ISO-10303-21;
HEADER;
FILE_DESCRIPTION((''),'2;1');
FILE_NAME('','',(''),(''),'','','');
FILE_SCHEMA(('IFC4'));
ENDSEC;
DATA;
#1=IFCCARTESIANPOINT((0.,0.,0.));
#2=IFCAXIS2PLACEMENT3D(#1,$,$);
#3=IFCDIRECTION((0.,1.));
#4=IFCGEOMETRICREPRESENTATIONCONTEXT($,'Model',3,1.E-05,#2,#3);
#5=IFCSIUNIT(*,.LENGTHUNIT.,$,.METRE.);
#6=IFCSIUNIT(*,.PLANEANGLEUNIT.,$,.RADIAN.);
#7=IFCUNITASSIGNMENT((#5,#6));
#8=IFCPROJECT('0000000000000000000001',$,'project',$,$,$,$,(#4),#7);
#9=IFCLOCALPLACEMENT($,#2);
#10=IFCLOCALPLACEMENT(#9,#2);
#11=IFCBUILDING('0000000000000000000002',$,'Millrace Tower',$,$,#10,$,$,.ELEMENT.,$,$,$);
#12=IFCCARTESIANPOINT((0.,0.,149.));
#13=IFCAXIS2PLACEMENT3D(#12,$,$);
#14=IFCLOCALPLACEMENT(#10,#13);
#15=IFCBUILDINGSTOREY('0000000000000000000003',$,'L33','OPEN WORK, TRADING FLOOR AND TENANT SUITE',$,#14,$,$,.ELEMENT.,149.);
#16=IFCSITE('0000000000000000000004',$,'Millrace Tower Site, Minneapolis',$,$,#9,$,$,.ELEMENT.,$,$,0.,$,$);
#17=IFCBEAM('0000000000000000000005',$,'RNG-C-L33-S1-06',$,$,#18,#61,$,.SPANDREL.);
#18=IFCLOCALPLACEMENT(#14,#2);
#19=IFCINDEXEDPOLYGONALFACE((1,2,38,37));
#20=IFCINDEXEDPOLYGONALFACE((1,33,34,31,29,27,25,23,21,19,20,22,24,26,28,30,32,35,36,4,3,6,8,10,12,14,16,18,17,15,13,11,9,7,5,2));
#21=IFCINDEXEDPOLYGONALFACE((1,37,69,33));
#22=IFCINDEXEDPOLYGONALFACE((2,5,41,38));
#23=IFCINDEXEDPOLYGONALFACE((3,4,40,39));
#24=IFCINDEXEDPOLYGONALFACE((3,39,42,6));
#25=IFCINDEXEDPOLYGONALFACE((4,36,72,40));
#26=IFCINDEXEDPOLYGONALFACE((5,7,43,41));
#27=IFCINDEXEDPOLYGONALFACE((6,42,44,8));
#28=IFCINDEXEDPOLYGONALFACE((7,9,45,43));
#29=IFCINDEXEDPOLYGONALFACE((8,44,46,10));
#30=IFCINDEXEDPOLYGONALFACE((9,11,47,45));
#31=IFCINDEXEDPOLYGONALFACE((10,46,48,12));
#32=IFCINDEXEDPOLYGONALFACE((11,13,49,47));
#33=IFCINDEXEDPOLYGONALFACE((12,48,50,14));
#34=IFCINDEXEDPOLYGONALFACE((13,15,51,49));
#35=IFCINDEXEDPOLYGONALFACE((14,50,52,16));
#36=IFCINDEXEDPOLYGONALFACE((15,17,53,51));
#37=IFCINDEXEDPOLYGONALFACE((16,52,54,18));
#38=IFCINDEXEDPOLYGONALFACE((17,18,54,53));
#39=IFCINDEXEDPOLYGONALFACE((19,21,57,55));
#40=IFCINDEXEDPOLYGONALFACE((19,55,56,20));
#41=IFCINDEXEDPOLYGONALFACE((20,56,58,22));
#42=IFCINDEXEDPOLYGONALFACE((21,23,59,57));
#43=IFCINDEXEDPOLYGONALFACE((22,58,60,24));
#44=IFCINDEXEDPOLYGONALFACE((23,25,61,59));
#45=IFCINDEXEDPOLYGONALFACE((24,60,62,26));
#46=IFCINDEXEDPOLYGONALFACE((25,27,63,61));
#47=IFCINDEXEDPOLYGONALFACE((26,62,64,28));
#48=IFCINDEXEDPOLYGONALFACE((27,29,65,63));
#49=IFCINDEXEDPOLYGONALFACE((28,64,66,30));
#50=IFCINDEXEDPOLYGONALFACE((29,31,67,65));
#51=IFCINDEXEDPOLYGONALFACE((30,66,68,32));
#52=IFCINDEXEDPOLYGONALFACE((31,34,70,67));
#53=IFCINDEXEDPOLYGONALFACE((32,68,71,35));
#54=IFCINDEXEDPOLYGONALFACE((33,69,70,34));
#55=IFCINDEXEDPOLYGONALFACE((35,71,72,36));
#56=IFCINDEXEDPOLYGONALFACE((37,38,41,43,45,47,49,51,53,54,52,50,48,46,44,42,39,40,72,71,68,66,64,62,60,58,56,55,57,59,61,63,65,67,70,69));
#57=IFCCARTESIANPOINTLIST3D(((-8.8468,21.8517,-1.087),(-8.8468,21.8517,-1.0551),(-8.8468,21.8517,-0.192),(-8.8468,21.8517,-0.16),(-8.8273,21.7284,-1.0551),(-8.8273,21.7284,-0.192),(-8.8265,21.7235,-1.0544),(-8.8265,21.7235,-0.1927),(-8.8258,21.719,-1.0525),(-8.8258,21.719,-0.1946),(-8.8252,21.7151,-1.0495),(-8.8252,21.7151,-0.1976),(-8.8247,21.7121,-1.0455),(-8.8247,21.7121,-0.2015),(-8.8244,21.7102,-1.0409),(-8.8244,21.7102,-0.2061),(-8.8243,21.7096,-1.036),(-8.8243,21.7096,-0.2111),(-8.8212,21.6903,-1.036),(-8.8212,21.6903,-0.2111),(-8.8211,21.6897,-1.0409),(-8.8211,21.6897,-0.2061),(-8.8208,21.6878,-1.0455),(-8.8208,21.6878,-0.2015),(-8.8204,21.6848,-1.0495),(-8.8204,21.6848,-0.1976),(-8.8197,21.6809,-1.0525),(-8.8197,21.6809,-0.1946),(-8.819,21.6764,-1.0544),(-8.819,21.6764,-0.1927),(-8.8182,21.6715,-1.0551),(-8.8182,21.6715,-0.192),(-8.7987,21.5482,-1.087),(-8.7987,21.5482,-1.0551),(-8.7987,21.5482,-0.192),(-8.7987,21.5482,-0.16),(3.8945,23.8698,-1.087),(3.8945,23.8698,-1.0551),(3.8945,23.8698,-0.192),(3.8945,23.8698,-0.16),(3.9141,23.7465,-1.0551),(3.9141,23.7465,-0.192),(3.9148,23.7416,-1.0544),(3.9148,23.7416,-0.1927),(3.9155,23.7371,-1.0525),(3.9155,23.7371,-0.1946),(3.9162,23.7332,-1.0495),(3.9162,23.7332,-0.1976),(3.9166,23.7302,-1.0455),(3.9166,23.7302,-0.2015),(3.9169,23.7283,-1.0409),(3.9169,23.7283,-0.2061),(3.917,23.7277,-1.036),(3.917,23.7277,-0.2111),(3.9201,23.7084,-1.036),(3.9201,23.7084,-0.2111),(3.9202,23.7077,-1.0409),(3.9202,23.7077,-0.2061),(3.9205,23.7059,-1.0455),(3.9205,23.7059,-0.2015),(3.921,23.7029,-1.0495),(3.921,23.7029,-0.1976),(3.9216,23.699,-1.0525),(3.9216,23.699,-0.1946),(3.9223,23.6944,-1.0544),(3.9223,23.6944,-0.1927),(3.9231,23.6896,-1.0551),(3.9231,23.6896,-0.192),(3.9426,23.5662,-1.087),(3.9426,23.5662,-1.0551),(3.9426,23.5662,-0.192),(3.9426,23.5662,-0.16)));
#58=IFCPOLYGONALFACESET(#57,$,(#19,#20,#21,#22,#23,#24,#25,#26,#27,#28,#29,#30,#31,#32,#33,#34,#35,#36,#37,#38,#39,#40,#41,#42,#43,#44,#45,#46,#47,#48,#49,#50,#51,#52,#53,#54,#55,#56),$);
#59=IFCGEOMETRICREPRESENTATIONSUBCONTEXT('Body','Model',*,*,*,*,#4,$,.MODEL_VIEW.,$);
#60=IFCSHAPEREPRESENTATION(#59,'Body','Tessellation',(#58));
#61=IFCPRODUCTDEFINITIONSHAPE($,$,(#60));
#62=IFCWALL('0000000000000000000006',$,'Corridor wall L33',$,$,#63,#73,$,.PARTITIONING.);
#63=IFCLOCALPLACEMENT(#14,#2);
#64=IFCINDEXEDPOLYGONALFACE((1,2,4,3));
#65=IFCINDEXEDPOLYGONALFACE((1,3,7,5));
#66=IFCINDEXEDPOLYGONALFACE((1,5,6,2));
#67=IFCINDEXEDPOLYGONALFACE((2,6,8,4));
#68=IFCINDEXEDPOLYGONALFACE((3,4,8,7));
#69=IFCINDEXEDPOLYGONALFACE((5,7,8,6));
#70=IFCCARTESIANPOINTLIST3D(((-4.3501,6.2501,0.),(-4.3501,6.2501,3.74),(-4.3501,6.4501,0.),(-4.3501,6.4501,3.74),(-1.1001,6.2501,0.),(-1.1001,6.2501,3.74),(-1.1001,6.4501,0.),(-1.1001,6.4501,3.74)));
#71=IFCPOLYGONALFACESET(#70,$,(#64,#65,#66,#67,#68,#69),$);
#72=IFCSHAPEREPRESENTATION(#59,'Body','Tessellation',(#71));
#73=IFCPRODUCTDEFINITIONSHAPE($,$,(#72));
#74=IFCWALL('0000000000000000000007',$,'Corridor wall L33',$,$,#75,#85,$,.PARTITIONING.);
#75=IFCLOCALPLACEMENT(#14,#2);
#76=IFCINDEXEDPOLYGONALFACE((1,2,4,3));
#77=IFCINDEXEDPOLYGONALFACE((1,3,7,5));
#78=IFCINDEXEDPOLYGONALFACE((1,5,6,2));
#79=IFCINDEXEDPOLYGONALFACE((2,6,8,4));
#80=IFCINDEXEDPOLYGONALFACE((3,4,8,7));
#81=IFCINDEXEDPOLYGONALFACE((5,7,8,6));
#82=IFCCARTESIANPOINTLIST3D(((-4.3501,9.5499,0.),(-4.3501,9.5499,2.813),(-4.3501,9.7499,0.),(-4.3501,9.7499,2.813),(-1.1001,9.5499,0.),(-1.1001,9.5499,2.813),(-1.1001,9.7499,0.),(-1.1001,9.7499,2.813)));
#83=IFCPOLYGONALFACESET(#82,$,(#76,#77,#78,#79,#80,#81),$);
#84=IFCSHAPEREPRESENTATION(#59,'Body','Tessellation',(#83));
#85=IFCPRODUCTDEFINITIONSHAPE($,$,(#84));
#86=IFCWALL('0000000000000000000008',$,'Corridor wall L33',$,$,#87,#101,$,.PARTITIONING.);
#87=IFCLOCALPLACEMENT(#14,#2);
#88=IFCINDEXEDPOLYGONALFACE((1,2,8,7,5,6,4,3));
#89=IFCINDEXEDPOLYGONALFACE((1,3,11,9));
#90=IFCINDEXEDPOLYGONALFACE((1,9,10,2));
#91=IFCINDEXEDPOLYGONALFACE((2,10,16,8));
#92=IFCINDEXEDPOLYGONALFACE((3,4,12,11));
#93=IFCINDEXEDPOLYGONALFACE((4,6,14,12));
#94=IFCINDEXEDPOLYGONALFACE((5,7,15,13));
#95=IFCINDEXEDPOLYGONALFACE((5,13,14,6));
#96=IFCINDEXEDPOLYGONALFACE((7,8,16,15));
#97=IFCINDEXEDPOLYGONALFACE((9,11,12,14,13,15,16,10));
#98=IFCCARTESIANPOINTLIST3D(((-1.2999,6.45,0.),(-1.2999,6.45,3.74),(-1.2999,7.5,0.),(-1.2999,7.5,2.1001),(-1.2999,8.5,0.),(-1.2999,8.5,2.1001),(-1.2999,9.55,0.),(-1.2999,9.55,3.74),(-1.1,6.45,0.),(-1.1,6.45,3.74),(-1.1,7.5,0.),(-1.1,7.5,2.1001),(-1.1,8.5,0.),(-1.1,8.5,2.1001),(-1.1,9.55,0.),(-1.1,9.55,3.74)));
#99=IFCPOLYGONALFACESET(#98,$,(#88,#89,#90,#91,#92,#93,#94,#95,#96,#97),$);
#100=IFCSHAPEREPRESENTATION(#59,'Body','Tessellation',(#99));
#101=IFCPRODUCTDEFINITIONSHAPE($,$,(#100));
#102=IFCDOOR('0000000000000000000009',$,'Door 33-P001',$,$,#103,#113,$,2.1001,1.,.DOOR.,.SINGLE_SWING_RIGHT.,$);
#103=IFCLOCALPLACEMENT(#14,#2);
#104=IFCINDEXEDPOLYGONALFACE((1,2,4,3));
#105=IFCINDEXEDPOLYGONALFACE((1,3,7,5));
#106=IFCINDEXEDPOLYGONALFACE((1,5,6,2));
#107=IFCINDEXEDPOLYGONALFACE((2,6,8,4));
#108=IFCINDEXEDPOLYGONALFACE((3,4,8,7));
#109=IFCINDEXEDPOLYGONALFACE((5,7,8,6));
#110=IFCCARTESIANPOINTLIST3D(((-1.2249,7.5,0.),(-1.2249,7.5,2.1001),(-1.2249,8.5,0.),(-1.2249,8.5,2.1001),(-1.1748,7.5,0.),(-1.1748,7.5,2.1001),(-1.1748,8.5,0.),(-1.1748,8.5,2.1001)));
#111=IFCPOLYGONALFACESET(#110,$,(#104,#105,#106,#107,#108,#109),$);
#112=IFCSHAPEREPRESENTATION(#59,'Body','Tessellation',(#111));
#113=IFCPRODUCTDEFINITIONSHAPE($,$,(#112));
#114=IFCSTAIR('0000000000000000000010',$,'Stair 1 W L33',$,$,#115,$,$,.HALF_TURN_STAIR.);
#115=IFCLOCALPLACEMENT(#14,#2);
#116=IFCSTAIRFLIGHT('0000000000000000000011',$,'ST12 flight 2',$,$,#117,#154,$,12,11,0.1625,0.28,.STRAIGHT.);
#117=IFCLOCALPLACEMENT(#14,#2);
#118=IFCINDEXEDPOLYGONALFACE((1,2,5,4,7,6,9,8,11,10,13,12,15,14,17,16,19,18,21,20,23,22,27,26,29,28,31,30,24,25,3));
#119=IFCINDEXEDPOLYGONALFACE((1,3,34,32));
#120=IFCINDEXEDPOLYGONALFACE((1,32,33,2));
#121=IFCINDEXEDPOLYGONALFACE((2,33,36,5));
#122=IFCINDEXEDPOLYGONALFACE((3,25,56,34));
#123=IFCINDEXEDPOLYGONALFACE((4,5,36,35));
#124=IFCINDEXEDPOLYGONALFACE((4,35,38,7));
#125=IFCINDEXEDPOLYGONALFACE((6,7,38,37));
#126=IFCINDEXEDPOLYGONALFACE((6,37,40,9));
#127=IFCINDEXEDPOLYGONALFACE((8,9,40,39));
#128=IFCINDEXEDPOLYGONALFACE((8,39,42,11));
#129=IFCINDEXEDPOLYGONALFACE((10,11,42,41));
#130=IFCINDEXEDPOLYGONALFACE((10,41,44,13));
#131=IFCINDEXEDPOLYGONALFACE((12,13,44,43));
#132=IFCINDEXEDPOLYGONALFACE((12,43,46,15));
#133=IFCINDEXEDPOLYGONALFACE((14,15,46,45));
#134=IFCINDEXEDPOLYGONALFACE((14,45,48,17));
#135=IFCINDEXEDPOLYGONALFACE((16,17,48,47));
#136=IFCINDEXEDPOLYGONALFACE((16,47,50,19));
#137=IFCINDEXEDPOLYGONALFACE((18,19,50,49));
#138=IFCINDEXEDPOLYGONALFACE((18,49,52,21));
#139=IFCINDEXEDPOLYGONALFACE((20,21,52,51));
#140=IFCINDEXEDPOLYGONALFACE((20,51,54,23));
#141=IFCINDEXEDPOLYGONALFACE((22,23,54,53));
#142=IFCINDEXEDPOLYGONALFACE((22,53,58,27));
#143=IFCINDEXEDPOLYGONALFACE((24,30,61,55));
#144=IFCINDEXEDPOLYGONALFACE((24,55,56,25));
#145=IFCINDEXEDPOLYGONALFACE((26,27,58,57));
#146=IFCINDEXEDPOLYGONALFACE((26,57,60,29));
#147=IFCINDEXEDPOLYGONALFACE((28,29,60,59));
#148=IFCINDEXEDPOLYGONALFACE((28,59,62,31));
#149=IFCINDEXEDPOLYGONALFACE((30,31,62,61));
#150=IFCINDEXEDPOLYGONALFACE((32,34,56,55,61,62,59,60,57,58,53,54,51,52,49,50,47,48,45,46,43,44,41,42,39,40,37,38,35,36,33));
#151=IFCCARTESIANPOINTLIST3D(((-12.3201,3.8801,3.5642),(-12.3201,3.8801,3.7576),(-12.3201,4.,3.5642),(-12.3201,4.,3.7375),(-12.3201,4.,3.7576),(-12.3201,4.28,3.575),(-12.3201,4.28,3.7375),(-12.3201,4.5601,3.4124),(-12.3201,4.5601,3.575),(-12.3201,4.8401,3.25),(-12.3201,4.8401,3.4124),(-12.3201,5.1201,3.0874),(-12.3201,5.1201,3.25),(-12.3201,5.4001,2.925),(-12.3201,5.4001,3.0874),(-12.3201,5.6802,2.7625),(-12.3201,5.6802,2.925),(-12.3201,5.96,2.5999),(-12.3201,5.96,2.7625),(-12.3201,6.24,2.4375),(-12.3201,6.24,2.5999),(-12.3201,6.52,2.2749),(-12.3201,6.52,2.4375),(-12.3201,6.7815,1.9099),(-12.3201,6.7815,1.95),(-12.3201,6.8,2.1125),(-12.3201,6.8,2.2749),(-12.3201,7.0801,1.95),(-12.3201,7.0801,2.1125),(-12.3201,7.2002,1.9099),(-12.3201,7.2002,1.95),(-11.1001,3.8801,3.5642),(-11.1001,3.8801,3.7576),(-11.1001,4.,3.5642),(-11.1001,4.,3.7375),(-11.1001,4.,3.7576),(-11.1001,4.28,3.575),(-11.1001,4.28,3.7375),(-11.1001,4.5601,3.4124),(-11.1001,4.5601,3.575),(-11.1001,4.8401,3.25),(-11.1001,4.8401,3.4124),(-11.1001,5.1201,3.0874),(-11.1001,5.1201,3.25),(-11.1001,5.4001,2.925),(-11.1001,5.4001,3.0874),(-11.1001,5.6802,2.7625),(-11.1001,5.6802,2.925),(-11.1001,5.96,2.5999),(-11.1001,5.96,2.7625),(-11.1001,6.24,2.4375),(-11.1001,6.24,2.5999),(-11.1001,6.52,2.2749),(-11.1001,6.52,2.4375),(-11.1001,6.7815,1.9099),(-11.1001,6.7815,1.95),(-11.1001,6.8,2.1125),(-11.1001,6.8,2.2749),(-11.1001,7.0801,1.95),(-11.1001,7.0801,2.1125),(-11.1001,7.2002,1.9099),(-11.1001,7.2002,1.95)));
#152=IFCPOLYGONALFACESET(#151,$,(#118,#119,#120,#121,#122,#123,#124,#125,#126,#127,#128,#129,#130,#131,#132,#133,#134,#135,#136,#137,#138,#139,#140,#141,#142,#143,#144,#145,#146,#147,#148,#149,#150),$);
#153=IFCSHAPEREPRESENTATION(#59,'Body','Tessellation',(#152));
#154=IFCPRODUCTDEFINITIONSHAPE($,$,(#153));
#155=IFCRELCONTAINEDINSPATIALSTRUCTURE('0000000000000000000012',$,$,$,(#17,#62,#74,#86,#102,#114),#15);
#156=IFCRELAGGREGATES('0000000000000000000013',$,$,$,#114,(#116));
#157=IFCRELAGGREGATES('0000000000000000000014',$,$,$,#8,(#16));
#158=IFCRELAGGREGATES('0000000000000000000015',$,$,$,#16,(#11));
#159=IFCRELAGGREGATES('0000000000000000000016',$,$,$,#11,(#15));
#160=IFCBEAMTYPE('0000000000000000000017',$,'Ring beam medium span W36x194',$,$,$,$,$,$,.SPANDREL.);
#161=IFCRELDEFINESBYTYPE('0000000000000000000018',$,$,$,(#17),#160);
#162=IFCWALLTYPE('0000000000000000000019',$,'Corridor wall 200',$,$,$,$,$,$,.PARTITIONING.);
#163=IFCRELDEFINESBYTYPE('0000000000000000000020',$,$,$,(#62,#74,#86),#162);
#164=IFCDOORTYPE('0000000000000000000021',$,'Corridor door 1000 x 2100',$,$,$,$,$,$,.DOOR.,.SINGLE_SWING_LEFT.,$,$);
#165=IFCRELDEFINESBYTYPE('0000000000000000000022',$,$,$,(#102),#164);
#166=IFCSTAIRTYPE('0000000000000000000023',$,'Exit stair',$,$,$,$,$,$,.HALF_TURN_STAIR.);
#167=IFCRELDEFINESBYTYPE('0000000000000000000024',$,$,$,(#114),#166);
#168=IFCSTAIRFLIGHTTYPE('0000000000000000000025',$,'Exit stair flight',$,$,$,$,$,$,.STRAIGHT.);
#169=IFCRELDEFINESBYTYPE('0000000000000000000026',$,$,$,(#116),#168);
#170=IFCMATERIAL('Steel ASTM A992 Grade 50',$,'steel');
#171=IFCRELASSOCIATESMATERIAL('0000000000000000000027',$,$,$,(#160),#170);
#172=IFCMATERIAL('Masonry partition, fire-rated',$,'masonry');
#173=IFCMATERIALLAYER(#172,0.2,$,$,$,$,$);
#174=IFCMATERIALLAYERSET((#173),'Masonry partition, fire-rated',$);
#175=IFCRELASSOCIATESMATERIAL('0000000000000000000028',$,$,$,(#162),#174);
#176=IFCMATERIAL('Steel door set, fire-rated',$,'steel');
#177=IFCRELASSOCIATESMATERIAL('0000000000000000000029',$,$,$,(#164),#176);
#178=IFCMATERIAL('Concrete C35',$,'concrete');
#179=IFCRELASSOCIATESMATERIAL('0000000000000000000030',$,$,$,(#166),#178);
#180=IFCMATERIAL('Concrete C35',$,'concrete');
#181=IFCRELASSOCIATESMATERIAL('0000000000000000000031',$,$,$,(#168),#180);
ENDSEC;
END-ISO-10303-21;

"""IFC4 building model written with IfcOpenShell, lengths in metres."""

from ifc_helpers import new_model, si_unit, direction, frame, frame_2d, origin, origin_2d, place, context, subcontext, project, spatial, polyline, rectangle, i_section, outline, extrude, material, layer, layer_set, material_profile, profile_set, type_object, element, fill, aggregate, save


model = new_model("IFC4")

# Units and contexts
model_context = context("Model", 3, precision=1e-05, world=origin(), true_north=direction((0.0, 1.0)))
body_context = subcontext(model_context, "Body", "Model", "MODEL_VIEW")
ifc_project = project(units=[si_unit("LENGTHUNIT", "METRE"), si_unit("PLANEANGLEUNIT", "RADIAN")], contexts=[model_context])

# Site, building, storey
site_placement = place(None, origin())
site = spatial("IfcSite", under=ifc_project, at=site_placement, Name="Millrace Tower Site, Minneapolis", CompositionType="ELEMENT", RefElevation=0.0)
building_placement = place(site_placement, origin())
building = spatial("IfcBuilding", under=site, at=building_placement, Name="Millrace Tower", CompositionType="ELEMENT")
storey_placement = place(building_placement, frame((0.0, 0.0, 149.0)))
storey = spatial("IfcBuildingStorey", under=building, at=storey_placement, Name="L33", Description="OPEN WORK, TRADING FLOOR AND TENANT SUITE", CompositionType="ELEMENT", Elevation=149.0)

# Shared definitions
placement = place(storey_placement, origin())

# Beam
ifc_material_1 = material(Name="Steel ASTM A992 Grade 50", Category="steel")
ifc_material_profile_1 = material_profile(ifc_material_1, i_section(OverallWidth=0.3074, OverallDepth=0.927, WebThickness=0.0195, FlangeThickness=0.032, FilletRadius=0.019, at=origin_2d()))
ifc_profile_set_1 = profile_set([ifc_material_profile_1], Name="Steel ASTM A992 Grade 50")
beam_type_1 = type_object("IfcBeamType", Name="Ring beam medium span W36x194", PredefinedType="SPANDREL", material=ifc_profile_set_1)
beam_1_placement = place(storey_placement, frame((-8.8228, 21.7, -0.6235), z_axis=(0.987688, 0.156439, 0.0), x_axis=(-0.156439, 0.987688, 0.0)))
element("IfcBeam", 1, at=beam_1_placement, inside=storey, type_object=beam_type_1, Name="RNG-C-L33-S1-06", PredefinedType="SPANDREL", context=body_context, shape_type="SweptSolid", body=[
    extrude(i_section(OverallWidth=0.3074, OverallDepth=0.927, WebThickness=0.0195, FlangeThickness=0.032, FilletRadius=0.019, at=origin_2d()), origin(), (0.0, 0.0, 1.0), 12.9001),
])

# Walls
ifc_material_2 = material(Name="Masonry partition, fire-rated", Category="masonry")
ifc_layer_1 = layer(ifc_material_2, 0.2)
ifc_layer_set_1 = layer_set([ifc_layer_1], Name="Masonry partition, fire-rated")
wall_type = type_object("IfcWallType", Name="Corridor wall 200", PredefinedType="PARTITIONING", material=ifc_layer_set_1)
wall_1_placement = place(storey_placement, frame((-4.3501, 6.3501, 0.0), z_axis=(0.0, 0.0, 1.0), x_axis=(1.0, 0.0, 0.0)))
element("IfcWall", 2, at=wall_1_placement, inside=storey, type_object=wall_type, Name="Corridor wall L33", PredefinedType="PARTITIONING", context=body_context, shape_type="SweptSolid", body=[
    extrude(rectangle(XDim=3.25, YDim=0.2, at=frame_2d((1.625, 0.0))), origin(), (0.0, 0.0, 1.0), 3.74),
])
wall_2_placement = place(storey_placement, frame((-4.3501, 9.6499, 0.0), z_axis=(0.0, 0.0, 1.0), x_axis=(1.0, 0.0, 0.0)))
element("IfcWall", 3, at=wall_2_placement, inside=storey, type_object=wall_type, Name="Corridor wall L33", PredefinedType="PARTITIONING", context=body_context, shape_type="SweptSolid", body=[
    extrude(rectangle(XDim=3.25, YDim=0.2, at=frame_2d((1.625, 0.0))), origin(), (0.0, 0.0, 1.0), 2.813),
])

# Wall, opening, door
wall_3_placement = place(storey_placement, frame((-1.2, 6.45, 0.0), z_axis=(0.0, 0.0, 1.0), x_axis=(0.0, 1.0, 0.0)))
wall_3 = element("IfcWall", 4, at=wall_3_placement, inside=storey, type_object=wall_type, Name="Corridor wall L33", PredefinedType="PARTITIONING", context=body_context, shape_type="SweptSolid", body=[
    extrude(rectangle(XDim=3.1001, YDim=0.2, at=frame_2d((1.55, 0.0))), origin(), (0.0, 0.0, 1.0), 3.74),
])
opening_placement = place(wall_3_placement, frame((1.05, 0.0, 0.0)))
opening = element("IfcOpeningElement", 5, at=opening_placement, cuts=wall_3, PredefinedType="OPENING", context=body_context, shape_type="SweptSolid", body=[
    extrude(rectangle(XDim=1.0, YDim=2.1001, at=frame_2d((0.5, 1.05))), frame((0.0, 0.1099, 0.0), z_axis=(0.0, -1.0, 0.0), x_axis=(1.0, 0.0, 0.0)), (0.0, 0.0, 1.0), 0.22),
])
ifc_material_3 = material(Name="Steel door set, fire-rated", Category="steel")
door_type = type_object("IfcDoorType", Name="Corridor door 1000 x 2100", OperationType="SINGLE_SWING_LEFT", PredefinedType="DOOR", material=ifc_material_3)
door_placement = place(opening_placement, origin())
door = element("IfcDoor", 6, at=door_placement, inside=storey, type_object=door_type, Name="Door 33-P001", OperationType="SINGLE_SWING_RIGHT", OverallHeight=2.1001, OverallWidth=1.0, PredefinedType="DOOR", context=body_context, shape_type="SweptSolid", body=[
    extrude(rectangle(XDim=1.0, YDim=2.1001, at=frame_2d((0.5, 1.05))), frame((0.0, 0.0249, 0.0), z_axis=(0.0, -1.0, 0.0), x_axis=(1.0, 0.0, 0.0)), (0.0, 0.0, 1.0), 0.05),
])
fill(opening, door)

# Stair, stair flight
ifc_material_4 = material(Name="Concrete C35", Category="concrete")
stair_type = type_object("IfcStairType", Name="Exit stair", PredefinedType="HALF_TURN_STAIR", material=ifc_material_4)
stair_1 = element("IfcStair", 7, at=placement, inside=storey, type_object=stair_type, Name="Stair 1 W L33", PredefinedType="HALF_TURN_STAIR")
ifc_material_5 = material(Name="Concrete C35", Category="concrete")
stair_flight_type = type_object("IfcStairFlightType", Name="Exit stair flight", PredefinedType="STRAIGHT", material=ifc_material_5)
stair_flight_1_placement = place(storey_placement, frame((-11.71, 7.0801, 1.95), z_axis=(0.0, 0.0, 1.0), x_axis=(0.0, -1.0, 0.0)))
stair_flight_1 = element("IfcStairFlight", 8, at=stair_flight_1_placement, type_object=stair_flight_type, Name="ST12 flight 2", NumberOfRisers=12, NumberOfTreads=11, PredefinedType="STRAIGHT", RiserHeight=0.1625, TreadLength=0.28, context=body_context, shape_type="SweptSolid", body=[
    extrude(outline(polyline([(-0.1201, -0.04), (-0.1201, 0.0), (0.0, 0.0), (0.0, 0.1626), (0.28, 0.1626), (0.28, 0.325), (0.5601, 0.325), (0.5601, 0.4875), (0.8401, 0.4875), (0.8401, 0.6499), (1.1201, 0.6499), (1.1201, 0.8125), (1.3999, 0.8125), (1.3999, 0.9751), (1.6799, 0.9751), (1.6799, 1.1375), (1.96, 1.1375), (1.96, 1.3), (2.24, 1.3), (2.24, 1.4624), (2.52, 1.4624), (2.52, 1.625), (2.8, 1.625), (2.8, 1.7876), (3.0801, 1.7876), (3.0801, 1.8076), (3.2, 1.8076), (3.2, 1.6143), (3.0801, 1.6143), (0.2986, 0.0), (0.2986, -0.04), (-0.1201, -0.04)])), frame((0.0, 0.6099, 0.0), z_axis=(0.0, -1.0, 0.0), x_axis=(1.0, 0.0, 0.0)), (0.0, 0.0, 1.0), 1.22),
])
aggregate(stair_1, [stair_flight_1])

save(model, "model.ifc")
